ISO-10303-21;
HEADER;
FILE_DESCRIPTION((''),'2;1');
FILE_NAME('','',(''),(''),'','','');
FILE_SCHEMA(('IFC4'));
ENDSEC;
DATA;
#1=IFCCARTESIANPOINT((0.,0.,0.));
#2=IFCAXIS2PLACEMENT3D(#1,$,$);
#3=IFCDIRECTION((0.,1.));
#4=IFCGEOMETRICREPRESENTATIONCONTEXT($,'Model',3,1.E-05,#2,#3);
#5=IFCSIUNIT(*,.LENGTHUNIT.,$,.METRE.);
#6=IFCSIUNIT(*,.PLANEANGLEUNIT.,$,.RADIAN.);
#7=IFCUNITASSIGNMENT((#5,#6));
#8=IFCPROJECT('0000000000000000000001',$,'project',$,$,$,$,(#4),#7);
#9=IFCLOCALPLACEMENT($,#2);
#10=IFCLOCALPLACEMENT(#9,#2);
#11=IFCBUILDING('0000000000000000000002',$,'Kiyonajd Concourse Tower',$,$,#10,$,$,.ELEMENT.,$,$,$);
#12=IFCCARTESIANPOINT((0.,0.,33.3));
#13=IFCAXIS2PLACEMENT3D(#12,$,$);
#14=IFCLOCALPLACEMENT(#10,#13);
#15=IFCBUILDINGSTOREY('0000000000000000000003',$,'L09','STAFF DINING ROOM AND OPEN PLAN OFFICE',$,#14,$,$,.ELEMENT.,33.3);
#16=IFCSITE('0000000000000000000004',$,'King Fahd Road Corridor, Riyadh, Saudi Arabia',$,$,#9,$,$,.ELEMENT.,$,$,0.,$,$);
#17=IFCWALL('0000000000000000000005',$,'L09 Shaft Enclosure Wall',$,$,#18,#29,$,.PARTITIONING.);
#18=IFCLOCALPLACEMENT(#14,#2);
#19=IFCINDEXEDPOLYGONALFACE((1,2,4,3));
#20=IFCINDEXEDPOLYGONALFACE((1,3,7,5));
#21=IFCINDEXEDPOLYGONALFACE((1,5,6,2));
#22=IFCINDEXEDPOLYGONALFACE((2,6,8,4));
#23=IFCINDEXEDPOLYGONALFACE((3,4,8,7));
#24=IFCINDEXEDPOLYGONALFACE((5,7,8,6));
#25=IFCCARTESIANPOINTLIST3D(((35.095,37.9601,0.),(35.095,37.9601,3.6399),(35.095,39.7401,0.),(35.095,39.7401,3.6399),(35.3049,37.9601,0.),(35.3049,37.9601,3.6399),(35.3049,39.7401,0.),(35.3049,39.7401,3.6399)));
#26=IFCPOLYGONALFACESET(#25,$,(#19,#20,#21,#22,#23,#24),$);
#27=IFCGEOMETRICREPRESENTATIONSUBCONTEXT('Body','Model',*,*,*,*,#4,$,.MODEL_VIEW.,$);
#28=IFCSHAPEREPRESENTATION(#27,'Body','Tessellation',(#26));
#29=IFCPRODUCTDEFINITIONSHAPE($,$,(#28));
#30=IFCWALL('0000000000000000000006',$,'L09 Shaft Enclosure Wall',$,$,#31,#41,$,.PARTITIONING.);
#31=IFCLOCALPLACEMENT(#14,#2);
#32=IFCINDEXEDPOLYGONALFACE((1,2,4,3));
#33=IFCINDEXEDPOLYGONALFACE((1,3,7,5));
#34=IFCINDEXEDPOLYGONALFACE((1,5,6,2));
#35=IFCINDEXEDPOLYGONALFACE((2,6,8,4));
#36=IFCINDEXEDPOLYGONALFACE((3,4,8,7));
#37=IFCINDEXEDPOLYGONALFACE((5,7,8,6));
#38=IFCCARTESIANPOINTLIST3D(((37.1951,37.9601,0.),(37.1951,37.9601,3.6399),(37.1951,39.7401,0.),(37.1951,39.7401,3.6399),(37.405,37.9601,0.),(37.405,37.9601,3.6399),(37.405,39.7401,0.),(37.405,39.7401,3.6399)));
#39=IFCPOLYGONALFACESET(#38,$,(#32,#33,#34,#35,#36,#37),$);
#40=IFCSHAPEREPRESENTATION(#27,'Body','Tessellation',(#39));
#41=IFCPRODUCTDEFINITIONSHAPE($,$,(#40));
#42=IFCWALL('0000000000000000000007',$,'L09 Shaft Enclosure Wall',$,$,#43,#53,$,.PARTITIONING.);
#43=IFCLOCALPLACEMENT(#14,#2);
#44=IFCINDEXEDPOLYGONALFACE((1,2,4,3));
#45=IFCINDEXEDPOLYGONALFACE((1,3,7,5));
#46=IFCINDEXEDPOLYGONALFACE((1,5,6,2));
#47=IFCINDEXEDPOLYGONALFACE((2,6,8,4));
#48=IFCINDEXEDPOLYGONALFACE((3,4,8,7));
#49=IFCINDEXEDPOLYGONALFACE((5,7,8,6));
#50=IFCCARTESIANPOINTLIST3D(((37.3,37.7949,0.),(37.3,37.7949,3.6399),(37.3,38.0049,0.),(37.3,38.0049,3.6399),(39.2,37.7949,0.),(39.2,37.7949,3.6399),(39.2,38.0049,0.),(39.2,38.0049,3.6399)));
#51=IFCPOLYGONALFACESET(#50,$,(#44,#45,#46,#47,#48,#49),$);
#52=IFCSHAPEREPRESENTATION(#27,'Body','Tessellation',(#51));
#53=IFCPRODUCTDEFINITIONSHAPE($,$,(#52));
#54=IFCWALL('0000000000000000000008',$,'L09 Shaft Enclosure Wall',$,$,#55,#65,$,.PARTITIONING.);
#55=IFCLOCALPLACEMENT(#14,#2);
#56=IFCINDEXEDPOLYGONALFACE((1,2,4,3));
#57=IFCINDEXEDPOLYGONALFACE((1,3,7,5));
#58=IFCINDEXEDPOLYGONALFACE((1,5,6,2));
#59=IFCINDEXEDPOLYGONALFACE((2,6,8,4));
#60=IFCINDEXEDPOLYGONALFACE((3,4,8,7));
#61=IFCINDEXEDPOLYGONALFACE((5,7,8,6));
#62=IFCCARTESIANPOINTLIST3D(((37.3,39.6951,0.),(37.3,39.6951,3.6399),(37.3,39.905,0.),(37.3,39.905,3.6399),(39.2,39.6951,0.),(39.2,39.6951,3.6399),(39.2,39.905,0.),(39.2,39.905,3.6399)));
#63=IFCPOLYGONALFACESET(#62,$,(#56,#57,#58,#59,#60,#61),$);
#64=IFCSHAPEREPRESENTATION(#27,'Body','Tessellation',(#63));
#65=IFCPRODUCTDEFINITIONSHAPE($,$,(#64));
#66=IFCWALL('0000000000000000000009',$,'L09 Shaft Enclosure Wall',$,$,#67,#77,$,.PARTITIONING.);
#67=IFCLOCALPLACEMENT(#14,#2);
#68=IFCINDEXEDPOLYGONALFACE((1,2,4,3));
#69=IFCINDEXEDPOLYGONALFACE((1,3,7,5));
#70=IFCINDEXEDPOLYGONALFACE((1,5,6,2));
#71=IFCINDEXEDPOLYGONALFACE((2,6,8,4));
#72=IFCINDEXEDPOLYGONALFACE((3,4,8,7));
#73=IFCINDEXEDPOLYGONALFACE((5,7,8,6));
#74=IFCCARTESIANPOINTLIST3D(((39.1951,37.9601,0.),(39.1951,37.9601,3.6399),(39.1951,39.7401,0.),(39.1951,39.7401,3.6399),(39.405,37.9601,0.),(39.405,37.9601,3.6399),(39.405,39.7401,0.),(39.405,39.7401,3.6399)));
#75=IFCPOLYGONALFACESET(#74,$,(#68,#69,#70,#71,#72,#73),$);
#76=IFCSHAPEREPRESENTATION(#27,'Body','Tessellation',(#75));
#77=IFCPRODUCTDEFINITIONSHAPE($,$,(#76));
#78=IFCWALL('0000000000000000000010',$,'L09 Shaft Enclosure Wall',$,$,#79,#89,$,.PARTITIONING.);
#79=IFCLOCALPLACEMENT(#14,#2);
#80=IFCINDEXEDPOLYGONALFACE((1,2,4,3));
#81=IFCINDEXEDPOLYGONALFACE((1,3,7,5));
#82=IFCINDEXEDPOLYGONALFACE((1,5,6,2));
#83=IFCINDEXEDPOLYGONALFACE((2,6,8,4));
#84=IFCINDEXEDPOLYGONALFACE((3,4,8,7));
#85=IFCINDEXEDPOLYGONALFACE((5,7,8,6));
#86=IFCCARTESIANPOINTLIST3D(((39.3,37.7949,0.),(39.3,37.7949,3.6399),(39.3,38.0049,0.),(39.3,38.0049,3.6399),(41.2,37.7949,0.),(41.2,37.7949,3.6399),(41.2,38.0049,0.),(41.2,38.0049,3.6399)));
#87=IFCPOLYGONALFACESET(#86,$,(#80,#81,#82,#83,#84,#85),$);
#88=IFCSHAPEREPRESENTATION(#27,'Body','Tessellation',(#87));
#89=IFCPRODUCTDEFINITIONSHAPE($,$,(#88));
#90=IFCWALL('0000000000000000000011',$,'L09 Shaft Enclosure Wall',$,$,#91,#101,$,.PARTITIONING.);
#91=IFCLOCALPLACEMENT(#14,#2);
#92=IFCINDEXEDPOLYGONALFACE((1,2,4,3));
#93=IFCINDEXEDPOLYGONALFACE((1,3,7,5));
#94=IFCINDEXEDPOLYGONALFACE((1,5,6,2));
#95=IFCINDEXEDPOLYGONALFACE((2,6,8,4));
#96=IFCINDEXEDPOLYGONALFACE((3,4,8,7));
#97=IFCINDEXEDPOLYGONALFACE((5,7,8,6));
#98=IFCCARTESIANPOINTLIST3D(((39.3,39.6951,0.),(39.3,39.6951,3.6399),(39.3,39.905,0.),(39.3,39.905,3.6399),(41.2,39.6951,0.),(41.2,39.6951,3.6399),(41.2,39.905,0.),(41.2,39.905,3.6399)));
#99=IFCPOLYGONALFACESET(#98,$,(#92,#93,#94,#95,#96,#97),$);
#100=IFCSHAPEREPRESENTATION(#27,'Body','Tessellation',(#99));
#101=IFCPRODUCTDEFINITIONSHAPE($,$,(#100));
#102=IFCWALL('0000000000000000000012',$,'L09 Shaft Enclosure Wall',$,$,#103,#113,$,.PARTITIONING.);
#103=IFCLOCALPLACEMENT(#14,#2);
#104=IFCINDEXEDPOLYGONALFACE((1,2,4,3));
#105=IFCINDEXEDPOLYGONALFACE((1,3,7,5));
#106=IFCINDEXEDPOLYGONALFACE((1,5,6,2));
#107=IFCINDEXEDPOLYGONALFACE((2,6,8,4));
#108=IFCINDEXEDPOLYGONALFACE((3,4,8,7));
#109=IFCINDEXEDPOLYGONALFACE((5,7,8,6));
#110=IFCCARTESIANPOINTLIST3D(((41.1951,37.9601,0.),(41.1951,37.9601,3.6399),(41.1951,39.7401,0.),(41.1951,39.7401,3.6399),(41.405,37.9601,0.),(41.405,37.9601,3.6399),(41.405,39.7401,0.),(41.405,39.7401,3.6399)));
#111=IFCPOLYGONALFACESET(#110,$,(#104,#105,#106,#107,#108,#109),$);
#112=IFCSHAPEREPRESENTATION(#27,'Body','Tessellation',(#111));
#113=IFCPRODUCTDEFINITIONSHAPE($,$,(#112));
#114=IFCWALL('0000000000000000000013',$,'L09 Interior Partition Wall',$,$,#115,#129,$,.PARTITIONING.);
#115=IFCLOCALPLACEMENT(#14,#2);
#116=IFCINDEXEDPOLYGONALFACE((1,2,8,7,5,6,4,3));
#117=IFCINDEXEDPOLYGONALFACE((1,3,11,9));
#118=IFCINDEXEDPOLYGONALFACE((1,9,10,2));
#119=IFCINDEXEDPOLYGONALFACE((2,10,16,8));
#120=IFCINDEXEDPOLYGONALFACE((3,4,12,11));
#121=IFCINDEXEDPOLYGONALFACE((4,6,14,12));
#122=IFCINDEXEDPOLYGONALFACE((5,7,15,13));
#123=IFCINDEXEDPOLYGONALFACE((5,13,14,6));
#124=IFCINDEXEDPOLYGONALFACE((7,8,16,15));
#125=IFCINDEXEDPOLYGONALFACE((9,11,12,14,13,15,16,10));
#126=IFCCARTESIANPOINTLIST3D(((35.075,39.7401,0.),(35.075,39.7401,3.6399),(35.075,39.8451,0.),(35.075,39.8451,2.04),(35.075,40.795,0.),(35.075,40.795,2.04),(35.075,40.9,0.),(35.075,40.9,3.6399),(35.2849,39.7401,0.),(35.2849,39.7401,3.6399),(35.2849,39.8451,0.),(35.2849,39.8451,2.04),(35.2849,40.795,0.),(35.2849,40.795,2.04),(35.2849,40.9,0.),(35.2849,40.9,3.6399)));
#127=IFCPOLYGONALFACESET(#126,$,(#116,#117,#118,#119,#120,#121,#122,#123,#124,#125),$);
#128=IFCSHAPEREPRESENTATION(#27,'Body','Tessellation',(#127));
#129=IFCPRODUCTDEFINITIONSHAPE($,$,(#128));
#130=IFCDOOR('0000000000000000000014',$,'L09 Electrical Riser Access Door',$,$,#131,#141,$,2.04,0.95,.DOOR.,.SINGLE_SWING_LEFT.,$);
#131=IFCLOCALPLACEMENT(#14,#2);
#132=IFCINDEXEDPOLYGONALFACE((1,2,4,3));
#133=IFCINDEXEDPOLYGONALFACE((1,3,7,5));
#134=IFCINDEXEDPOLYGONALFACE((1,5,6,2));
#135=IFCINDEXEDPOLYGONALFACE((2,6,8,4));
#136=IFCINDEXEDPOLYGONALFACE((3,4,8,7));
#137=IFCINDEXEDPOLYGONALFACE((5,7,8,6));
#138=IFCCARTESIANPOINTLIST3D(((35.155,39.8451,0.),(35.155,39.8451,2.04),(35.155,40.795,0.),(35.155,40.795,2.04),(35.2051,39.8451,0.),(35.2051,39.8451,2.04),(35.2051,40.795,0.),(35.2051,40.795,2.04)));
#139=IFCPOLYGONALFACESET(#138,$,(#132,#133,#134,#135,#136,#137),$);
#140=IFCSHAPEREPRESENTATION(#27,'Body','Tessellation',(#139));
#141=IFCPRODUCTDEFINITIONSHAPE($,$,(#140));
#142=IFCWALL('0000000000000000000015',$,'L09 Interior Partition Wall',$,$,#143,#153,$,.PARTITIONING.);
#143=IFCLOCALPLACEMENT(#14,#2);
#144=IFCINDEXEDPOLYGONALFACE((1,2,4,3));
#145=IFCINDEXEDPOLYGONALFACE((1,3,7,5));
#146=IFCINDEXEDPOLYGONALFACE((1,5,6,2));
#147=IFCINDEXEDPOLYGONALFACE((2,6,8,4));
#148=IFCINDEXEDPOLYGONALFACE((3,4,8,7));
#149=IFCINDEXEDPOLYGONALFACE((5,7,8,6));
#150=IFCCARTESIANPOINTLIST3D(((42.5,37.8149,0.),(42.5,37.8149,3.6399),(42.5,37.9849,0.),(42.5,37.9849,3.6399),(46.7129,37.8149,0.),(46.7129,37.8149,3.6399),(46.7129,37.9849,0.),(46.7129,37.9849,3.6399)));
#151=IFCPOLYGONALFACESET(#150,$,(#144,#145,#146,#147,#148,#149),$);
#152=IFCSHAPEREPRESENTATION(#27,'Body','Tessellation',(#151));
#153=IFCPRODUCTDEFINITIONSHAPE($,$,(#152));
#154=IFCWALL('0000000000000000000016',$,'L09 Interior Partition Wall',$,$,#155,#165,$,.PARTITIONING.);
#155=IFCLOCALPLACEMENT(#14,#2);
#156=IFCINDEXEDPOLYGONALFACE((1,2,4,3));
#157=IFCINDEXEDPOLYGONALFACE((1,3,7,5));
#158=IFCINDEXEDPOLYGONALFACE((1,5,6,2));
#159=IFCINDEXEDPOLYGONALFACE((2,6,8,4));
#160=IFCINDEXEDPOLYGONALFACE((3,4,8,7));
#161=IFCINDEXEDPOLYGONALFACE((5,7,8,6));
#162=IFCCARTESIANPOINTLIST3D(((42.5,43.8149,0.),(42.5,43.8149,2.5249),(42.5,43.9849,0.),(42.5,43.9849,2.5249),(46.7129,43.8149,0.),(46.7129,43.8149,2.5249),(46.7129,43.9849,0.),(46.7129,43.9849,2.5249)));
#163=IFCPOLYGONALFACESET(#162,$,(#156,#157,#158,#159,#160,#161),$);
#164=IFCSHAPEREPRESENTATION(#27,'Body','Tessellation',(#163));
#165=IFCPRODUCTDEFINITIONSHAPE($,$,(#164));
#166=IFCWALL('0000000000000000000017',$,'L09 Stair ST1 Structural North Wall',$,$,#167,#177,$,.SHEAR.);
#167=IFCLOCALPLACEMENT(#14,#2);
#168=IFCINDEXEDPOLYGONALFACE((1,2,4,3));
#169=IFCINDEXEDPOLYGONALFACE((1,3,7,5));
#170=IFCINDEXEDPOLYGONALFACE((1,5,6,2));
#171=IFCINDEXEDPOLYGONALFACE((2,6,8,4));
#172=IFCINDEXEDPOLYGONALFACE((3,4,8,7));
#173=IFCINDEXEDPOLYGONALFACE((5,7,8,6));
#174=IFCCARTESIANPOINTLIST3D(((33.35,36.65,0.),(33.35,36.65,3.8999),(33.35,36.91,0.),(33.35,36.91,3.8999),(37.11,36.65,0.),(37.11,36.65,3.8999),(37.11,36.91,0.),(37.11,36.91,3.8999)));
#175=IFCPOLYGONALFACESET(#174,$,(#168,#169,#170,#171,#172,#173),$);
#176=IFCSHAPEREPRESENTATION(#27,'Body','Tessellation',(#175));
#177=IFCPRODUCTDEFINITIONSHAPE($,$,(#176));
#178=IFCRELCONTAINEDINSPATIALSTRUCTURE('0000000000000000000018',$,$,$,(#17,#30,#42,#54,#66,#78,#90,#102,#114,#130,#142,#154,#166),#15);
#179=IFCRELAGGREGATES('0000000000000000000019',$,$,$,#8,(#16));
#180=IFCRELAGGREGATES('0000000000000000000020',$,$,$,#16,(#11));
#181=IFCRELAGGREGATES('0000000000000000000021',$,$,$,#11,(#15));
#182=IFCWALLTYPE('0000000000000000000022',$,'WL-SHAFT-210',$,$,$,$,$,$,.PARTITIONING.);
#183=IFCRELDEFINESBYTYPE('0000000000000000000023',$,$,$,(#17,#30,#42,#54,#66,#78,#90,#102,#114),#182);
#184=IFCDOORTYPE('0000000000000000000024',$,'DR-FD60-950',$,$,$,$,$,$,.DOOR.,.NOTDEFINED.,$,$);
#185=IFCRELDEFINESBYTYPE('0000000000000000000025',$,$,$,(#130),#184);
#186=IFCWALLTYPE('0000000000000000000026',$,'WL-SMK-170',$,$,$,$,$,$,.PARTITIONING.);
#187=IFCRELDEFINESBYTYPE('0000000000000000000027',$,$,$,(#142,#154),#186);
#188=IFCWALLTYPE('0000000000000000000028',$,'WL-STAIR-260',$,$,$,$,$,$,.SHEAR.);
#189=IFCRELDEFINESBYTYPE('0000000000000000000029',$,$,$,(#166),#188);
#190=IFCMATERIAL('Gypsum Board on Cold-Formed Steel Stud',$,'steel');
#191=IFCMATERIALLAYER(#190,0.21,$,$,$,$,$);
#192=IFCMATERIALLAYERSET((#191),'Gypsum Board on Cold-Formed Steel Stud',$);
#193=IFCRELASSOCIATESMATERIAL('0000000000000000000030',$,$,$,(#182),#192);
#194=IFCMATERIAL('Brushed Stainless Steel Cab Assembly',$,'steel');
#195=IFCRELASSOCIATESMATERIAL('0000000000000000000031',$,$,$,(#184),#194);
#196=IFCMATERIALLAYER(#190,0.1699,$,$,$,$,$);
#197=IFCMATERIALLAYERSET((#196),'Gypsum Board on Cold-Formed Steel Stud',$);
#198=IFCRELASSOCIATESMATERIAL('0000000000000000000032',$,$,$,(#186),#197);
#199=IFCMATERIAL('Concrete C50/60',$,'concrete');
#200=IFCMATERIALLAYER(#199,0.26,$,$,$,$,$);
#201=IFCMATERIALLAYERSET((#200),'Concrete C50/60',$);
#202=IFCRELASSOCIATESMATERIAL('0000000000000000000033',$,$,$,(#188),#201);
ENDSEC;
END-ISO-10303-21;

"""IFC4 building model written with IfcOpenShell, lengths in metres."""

from ifc_helpers import new_model, si_unit, direction, frame, frame_2d, origin, place, context, subcontext, project, spatial, rectangle, extrude, material, layer, layer_set, type_object, element, fill, save


model = new_model("IFC4")

# Units and contexts
model_context = context("Model", 3, precision=1e-05, world=origin(), true_north=direction((0.0, 1.0)))
body_context = subcontext(model_context, "Body", "Model", "MODEL_VIEW")
ifc_project = project(units=[si_unit("LENGTHUNIT", "METRE"), si_unit("PLANEANGLEUNIT", "RADIAN")], contexts=[model_context])

# Site, building, storey
site_placement = place(None, origin())
site = spatial("IfcSite", under=ifc_project, at=site_placement, Name="King Fahd Road Corridor, Riyadh, Saudi Arabia", CompositionType="ELEMENT", RefElevation=0.0)
building_placement = place(site_placement, origin())
building = spatial("IfcBuilding", under=site, at=building_placement, Name="Kiyonajd Concourse Tower", CompositionType="ELEMENT")
storey_placement = place(building_placement, frame((0.0, 0.0, 33.3)))
storey = spatial("IfcBuildingStorey", under=building, at=storey_placement, Name="L09", Description="STAFF DINING ROOM AND OPEN PLAN OFFICE", CompositionType="ELEMENT", Elevation=33.3)

# Walls
ifc_material_1 = material(Name="Gypsum Board on Cold-Formed Steel Stud", Category="steel")
ifc_layer_1 = layer(ifc_material_1, 0.21)
ifc_layer_set_1 = layer_set([ifc_layer_1], Name="Gypsum Board on Cold-Formed Steel Stud")
wall_type_1 = type_object("IfcWallType", Name="WL-SHAFT-210", PredefinedType="PARTITIONING", material=ifc_layer_set_1)
for number, where, z_axis, x_axis, name in (
    (1, (35.2, 37.96, 0.0), (0.0, 0.0, 1.0), (0.0, 1.0, 0.0), "L09 Shaft Enclosure Wall"),
    (2, (37.3, 37.96, 0.0), (0.0, 0.0, 1.0), (0.0, 1.0, 0.0), "L09 Shaft Enclosure Wall"),
):
    element("IfcWall", number, at=place(storey_placement, frame(where, z_axis=z_axis, x_axis=x_axis)), inside=storey, type_object=wall_type_1, Name=name, PredefinedType="PARTITIONING", context=body_context, shape_type="SweptSolid", body=[
        extrude(rectangle(XDim=1.78, YDim=0.21, at=frame_2d((0.8901, 0.0))), origin(), (0.0, 0.0, 1.0), 3.6399),
    ])
for number, where, z_axis, x_axis, name in (
    (3, (37.3, 37.8999, 0.0), (0.0, 0.0, 1.0), (1.0, 0.0, 0.0), "L09 Shaft Enclosure Wall"),
    (4, (37.3, 39.8, 0.0), (0.0, 0.0, 1.0), (1.0, 0.0, 0.0), "L09 Shaft Enclosure Wall"),
):
    element("IfcWall", number, at=place(storey_placement, frame(where, z_axis=z_axis, x_axis=x_axis)), inside=storey, type_object=wall_type_1, Name=name, PredefinedType="PARTITIONING", context=body_context, shape_type="SweptSolid", body=[
        extrude(rectangle(XDim=1.8999, YDim=0.21, at=frame_2d((0.95, 0.0))), origin(), (0.0, 0.0, 1.0), 3.6399),
    ])
wall_1_placement = place(storey_placement, frame((39.3, 37.96, 0.0), z_axis=(0.0, 0.0, 1.0), x_axis=(0.0, 1.0, 0.0)))
element("IfcWall", 5, at=wall_1_placement, inside=storey, type_object=wall_type_1, Name="L09 Shaft Enclosure Wall", PredefinedType="PARTITIONING", context=body_context, shape_type="SweptSolid", body=[
    extrude(rectangle(XDim=1.78, YDim=0.21, at=frame_2d((0.8901, 0.0))), origin(), (0.0, 0.0, 1.0), 3.6399),
])
for number, where, z_axis, x_axis, name in (
    (6, (39.3, 37.8999, 0.0), (0.0, 0.0, 1.0), (1.0, 0.0, 0.0), "L09 Shaft Enclosure Wall"),
    (7, (39.3, 39.8, 0.0), (0.0, 0.0, 1.0), (1.0, 0.0, 0.0), "L09 Shaft Enclosure Wall"),
):
    element("IfcWall", number, at=place(storey_placement, frame(where, z_axis=z_axis, x_axis=x_axis)), inside=storey, type_object=wall_type_1, Name=name, PredefinedType="PARTITIONING", context=body_context, shape_type="SweptSolid", body=[
        extrude(rectangle(XDim=1.8999, YDim=0.21, at=frame_2d((0.95, 0.0))), origin(), (0.0, 0.0, 1.0), 3.6399),
    ])
wall_2_placement = place(storey_placement, frame((41.3, 37.96, 0.0), z_axis=(0.0, 0.0, 1.0), x_axis=(0.0, 1.0, 0.0)))
element("IfcWall", 8, at=wall_2_placement, inside=storey, type_object=wall_type_1, Name="L09 Shaft Enclosure Wall", PredefinedType="PARTITIONING", context=body_context, shape_type="SweptSolid", body=[
    extrude(rectangle(XDim=1.78, YDim=0.21, at=frame_2d((0.8901, 0.0))), origin(), (0.0, 0.0, 1.0), 3.6399),
])

# Wall, opening, door
wall_3_placement = place(storey_placement, frame((35.1799, 39.74, 0.0), z_axis=(0.0, 0.0, 1.0), x_axis=(0.0, 1.0, 0.0)))
wall_3 = element("IfcWall", 9, at=wall_3_placement, inside=storey, type_object=wall_type_1, Name="L09 Interior Partition Wall", PredefinedType="PARTITIONING", context=body_context, shape_type="SweptSolid", body=[
    extrude(rectangle(XDim=1.1599, YDim=0.21, at=frame_2d((0.5801, 0.0))), origin(), (0.0, 0.0, 1.0), 3.6399),
])
opening_placement = place(wall_3_placement, frame((0.105, 0.0, 0.0)))
opening = element("IfcOpeningElement", 10, at=opening_placement, cuts=wall_3, PredefinedType="OPENING", context=body_context, shape_type="SweptSolid", body=[
    extrude(rectangle(XDim=0.95, YDim=2.04, at=frame_2d((0.4751, 1.02))), frame((0.0, 0.115, 0.0), z_axis=(0.0, -1.0, 0.0), x_axis=(1.0, 0.0, 0.0)), (0.0, 0.0, 1.0), 0.23),
])
ifc_material_2 = material(Name="Brushed Stainless Steel Cab Assembly", Category="steel")
door_type = type_object("IfcDoorType", Name="DR-FD60-950", OperationType="NOTDEFINED", PredefinedType="DOOR", material=ifc_material_2)
door_placement = place(opening_placement, origin())
door = element("IfcDoor", 11, at=door_placement, inside=storey, type_object=door_type, Name="L09 Electrical Riser Access Door", OperationType="SINGLE_SWING_LEFT", OverallHeight=2.04, OverallWidth=0.95, PredefinedType="DOOR", context=body_context, shape_type="SweptSolid", body=[
    extrude(rectangle(XDim=0.95, YDim=2.04, at=frame_2d((0.4751, 1.02))), frame((0.0, 0.0249, 0.0), z_axis=(0.0, -1.0, 0.0), x_axis=(1.0, 0.0, 0.0)), (0.0, 0.0, 1.0), 0.05),
])
fill(opening, door)

# Walls
ifc_layer_2 = layer(ifc_material_1, 0.1699)
ifc_layer_set_2 = layer_set([ifc_layer_2], Name="Gypsum Board on Cold-Formed Steel Stud")
wall_type_2 = type_object("IfcWallType", Name="WL-SMK-170", PredefinedType="PARTITIONING", material=ifc_layer_set_2)
wall_4_placement = place(storey_placement, frame((42.5, 37.8999, 0.0), z_axis=(0.0, 0.0, 1.0), x_axis=(1.0, 0.0, 0.0)))
element("IfcWall", 12, at=wall_4_placement, inside=storey, type_object=wall_type_2, Name="L09 Interior Partition Wall", PredefinedType="PARTITIONING", context=body_context, shape_type="SweptSolid", body=[
    extrude(rectangle(XDim=4.2129, YDim=0.1699, at=frame_2d((2.1064, 0.0))), origin(), (0.0, 0.0, 1.0), 3.6399),
])
wall_5_placement = place(storey_placement, frame((42.5, 43.8999, 0.0), z_axis=(0.0, 0.0, 1.0), x_axis=(1.0, 0.0, 0.0)))
element("IfcWall", 13, at=wall_5_placement, inside=storey, type_object=wall_type_2, Name="L09 Interior Partition Wall", PredefinedType="PARTITIONING", context=body_context, shape_type="SweptSolid", body=[
    extrude(rectangle(XDim=4.2129, YDim=0.1699, at=frame_2d((2.1064, 0.0))), origin(), (0.0, 0.0, 1.0), 2.5249),
])
ifc_material_3 = material(Name="Concrete C50/60", Category="concrete")
ifc_layer_3 = layer(ifc_material_3, 0.26)
ifc_layer_set_3 = layer_set([ifc_layer_3], Name="Concrete C50/60")
wall_type_3 = type_object("IfcWallType", Name="WL-STAIR-260", PredefinedType="SHEAR", material=ifc_layer_set_3)
wall_6_placement = place(storey_placement, frame((33.3501, 36.78, 0.0), z_axis=(0.0, 0.0, 1.0), x_axis=(1.0, 0.0, 0.0)))
element("IfcWall", 14, at=wall_6_placement, inside=storey, type_object=wall_type_3, Name="L09 Stair ST1 Structural North Wall", PredefinedType="SHEAR", context=body_context, shape_type="SweptSolid", body=[
    extrude(rectangle(XDim=3.76, YDim=0.26, at=frame_2d((1.8799, 0.0))), origin(), (0.0, 0.0, 1.0), 3.8999),
])

save(model, "model.ifc")
